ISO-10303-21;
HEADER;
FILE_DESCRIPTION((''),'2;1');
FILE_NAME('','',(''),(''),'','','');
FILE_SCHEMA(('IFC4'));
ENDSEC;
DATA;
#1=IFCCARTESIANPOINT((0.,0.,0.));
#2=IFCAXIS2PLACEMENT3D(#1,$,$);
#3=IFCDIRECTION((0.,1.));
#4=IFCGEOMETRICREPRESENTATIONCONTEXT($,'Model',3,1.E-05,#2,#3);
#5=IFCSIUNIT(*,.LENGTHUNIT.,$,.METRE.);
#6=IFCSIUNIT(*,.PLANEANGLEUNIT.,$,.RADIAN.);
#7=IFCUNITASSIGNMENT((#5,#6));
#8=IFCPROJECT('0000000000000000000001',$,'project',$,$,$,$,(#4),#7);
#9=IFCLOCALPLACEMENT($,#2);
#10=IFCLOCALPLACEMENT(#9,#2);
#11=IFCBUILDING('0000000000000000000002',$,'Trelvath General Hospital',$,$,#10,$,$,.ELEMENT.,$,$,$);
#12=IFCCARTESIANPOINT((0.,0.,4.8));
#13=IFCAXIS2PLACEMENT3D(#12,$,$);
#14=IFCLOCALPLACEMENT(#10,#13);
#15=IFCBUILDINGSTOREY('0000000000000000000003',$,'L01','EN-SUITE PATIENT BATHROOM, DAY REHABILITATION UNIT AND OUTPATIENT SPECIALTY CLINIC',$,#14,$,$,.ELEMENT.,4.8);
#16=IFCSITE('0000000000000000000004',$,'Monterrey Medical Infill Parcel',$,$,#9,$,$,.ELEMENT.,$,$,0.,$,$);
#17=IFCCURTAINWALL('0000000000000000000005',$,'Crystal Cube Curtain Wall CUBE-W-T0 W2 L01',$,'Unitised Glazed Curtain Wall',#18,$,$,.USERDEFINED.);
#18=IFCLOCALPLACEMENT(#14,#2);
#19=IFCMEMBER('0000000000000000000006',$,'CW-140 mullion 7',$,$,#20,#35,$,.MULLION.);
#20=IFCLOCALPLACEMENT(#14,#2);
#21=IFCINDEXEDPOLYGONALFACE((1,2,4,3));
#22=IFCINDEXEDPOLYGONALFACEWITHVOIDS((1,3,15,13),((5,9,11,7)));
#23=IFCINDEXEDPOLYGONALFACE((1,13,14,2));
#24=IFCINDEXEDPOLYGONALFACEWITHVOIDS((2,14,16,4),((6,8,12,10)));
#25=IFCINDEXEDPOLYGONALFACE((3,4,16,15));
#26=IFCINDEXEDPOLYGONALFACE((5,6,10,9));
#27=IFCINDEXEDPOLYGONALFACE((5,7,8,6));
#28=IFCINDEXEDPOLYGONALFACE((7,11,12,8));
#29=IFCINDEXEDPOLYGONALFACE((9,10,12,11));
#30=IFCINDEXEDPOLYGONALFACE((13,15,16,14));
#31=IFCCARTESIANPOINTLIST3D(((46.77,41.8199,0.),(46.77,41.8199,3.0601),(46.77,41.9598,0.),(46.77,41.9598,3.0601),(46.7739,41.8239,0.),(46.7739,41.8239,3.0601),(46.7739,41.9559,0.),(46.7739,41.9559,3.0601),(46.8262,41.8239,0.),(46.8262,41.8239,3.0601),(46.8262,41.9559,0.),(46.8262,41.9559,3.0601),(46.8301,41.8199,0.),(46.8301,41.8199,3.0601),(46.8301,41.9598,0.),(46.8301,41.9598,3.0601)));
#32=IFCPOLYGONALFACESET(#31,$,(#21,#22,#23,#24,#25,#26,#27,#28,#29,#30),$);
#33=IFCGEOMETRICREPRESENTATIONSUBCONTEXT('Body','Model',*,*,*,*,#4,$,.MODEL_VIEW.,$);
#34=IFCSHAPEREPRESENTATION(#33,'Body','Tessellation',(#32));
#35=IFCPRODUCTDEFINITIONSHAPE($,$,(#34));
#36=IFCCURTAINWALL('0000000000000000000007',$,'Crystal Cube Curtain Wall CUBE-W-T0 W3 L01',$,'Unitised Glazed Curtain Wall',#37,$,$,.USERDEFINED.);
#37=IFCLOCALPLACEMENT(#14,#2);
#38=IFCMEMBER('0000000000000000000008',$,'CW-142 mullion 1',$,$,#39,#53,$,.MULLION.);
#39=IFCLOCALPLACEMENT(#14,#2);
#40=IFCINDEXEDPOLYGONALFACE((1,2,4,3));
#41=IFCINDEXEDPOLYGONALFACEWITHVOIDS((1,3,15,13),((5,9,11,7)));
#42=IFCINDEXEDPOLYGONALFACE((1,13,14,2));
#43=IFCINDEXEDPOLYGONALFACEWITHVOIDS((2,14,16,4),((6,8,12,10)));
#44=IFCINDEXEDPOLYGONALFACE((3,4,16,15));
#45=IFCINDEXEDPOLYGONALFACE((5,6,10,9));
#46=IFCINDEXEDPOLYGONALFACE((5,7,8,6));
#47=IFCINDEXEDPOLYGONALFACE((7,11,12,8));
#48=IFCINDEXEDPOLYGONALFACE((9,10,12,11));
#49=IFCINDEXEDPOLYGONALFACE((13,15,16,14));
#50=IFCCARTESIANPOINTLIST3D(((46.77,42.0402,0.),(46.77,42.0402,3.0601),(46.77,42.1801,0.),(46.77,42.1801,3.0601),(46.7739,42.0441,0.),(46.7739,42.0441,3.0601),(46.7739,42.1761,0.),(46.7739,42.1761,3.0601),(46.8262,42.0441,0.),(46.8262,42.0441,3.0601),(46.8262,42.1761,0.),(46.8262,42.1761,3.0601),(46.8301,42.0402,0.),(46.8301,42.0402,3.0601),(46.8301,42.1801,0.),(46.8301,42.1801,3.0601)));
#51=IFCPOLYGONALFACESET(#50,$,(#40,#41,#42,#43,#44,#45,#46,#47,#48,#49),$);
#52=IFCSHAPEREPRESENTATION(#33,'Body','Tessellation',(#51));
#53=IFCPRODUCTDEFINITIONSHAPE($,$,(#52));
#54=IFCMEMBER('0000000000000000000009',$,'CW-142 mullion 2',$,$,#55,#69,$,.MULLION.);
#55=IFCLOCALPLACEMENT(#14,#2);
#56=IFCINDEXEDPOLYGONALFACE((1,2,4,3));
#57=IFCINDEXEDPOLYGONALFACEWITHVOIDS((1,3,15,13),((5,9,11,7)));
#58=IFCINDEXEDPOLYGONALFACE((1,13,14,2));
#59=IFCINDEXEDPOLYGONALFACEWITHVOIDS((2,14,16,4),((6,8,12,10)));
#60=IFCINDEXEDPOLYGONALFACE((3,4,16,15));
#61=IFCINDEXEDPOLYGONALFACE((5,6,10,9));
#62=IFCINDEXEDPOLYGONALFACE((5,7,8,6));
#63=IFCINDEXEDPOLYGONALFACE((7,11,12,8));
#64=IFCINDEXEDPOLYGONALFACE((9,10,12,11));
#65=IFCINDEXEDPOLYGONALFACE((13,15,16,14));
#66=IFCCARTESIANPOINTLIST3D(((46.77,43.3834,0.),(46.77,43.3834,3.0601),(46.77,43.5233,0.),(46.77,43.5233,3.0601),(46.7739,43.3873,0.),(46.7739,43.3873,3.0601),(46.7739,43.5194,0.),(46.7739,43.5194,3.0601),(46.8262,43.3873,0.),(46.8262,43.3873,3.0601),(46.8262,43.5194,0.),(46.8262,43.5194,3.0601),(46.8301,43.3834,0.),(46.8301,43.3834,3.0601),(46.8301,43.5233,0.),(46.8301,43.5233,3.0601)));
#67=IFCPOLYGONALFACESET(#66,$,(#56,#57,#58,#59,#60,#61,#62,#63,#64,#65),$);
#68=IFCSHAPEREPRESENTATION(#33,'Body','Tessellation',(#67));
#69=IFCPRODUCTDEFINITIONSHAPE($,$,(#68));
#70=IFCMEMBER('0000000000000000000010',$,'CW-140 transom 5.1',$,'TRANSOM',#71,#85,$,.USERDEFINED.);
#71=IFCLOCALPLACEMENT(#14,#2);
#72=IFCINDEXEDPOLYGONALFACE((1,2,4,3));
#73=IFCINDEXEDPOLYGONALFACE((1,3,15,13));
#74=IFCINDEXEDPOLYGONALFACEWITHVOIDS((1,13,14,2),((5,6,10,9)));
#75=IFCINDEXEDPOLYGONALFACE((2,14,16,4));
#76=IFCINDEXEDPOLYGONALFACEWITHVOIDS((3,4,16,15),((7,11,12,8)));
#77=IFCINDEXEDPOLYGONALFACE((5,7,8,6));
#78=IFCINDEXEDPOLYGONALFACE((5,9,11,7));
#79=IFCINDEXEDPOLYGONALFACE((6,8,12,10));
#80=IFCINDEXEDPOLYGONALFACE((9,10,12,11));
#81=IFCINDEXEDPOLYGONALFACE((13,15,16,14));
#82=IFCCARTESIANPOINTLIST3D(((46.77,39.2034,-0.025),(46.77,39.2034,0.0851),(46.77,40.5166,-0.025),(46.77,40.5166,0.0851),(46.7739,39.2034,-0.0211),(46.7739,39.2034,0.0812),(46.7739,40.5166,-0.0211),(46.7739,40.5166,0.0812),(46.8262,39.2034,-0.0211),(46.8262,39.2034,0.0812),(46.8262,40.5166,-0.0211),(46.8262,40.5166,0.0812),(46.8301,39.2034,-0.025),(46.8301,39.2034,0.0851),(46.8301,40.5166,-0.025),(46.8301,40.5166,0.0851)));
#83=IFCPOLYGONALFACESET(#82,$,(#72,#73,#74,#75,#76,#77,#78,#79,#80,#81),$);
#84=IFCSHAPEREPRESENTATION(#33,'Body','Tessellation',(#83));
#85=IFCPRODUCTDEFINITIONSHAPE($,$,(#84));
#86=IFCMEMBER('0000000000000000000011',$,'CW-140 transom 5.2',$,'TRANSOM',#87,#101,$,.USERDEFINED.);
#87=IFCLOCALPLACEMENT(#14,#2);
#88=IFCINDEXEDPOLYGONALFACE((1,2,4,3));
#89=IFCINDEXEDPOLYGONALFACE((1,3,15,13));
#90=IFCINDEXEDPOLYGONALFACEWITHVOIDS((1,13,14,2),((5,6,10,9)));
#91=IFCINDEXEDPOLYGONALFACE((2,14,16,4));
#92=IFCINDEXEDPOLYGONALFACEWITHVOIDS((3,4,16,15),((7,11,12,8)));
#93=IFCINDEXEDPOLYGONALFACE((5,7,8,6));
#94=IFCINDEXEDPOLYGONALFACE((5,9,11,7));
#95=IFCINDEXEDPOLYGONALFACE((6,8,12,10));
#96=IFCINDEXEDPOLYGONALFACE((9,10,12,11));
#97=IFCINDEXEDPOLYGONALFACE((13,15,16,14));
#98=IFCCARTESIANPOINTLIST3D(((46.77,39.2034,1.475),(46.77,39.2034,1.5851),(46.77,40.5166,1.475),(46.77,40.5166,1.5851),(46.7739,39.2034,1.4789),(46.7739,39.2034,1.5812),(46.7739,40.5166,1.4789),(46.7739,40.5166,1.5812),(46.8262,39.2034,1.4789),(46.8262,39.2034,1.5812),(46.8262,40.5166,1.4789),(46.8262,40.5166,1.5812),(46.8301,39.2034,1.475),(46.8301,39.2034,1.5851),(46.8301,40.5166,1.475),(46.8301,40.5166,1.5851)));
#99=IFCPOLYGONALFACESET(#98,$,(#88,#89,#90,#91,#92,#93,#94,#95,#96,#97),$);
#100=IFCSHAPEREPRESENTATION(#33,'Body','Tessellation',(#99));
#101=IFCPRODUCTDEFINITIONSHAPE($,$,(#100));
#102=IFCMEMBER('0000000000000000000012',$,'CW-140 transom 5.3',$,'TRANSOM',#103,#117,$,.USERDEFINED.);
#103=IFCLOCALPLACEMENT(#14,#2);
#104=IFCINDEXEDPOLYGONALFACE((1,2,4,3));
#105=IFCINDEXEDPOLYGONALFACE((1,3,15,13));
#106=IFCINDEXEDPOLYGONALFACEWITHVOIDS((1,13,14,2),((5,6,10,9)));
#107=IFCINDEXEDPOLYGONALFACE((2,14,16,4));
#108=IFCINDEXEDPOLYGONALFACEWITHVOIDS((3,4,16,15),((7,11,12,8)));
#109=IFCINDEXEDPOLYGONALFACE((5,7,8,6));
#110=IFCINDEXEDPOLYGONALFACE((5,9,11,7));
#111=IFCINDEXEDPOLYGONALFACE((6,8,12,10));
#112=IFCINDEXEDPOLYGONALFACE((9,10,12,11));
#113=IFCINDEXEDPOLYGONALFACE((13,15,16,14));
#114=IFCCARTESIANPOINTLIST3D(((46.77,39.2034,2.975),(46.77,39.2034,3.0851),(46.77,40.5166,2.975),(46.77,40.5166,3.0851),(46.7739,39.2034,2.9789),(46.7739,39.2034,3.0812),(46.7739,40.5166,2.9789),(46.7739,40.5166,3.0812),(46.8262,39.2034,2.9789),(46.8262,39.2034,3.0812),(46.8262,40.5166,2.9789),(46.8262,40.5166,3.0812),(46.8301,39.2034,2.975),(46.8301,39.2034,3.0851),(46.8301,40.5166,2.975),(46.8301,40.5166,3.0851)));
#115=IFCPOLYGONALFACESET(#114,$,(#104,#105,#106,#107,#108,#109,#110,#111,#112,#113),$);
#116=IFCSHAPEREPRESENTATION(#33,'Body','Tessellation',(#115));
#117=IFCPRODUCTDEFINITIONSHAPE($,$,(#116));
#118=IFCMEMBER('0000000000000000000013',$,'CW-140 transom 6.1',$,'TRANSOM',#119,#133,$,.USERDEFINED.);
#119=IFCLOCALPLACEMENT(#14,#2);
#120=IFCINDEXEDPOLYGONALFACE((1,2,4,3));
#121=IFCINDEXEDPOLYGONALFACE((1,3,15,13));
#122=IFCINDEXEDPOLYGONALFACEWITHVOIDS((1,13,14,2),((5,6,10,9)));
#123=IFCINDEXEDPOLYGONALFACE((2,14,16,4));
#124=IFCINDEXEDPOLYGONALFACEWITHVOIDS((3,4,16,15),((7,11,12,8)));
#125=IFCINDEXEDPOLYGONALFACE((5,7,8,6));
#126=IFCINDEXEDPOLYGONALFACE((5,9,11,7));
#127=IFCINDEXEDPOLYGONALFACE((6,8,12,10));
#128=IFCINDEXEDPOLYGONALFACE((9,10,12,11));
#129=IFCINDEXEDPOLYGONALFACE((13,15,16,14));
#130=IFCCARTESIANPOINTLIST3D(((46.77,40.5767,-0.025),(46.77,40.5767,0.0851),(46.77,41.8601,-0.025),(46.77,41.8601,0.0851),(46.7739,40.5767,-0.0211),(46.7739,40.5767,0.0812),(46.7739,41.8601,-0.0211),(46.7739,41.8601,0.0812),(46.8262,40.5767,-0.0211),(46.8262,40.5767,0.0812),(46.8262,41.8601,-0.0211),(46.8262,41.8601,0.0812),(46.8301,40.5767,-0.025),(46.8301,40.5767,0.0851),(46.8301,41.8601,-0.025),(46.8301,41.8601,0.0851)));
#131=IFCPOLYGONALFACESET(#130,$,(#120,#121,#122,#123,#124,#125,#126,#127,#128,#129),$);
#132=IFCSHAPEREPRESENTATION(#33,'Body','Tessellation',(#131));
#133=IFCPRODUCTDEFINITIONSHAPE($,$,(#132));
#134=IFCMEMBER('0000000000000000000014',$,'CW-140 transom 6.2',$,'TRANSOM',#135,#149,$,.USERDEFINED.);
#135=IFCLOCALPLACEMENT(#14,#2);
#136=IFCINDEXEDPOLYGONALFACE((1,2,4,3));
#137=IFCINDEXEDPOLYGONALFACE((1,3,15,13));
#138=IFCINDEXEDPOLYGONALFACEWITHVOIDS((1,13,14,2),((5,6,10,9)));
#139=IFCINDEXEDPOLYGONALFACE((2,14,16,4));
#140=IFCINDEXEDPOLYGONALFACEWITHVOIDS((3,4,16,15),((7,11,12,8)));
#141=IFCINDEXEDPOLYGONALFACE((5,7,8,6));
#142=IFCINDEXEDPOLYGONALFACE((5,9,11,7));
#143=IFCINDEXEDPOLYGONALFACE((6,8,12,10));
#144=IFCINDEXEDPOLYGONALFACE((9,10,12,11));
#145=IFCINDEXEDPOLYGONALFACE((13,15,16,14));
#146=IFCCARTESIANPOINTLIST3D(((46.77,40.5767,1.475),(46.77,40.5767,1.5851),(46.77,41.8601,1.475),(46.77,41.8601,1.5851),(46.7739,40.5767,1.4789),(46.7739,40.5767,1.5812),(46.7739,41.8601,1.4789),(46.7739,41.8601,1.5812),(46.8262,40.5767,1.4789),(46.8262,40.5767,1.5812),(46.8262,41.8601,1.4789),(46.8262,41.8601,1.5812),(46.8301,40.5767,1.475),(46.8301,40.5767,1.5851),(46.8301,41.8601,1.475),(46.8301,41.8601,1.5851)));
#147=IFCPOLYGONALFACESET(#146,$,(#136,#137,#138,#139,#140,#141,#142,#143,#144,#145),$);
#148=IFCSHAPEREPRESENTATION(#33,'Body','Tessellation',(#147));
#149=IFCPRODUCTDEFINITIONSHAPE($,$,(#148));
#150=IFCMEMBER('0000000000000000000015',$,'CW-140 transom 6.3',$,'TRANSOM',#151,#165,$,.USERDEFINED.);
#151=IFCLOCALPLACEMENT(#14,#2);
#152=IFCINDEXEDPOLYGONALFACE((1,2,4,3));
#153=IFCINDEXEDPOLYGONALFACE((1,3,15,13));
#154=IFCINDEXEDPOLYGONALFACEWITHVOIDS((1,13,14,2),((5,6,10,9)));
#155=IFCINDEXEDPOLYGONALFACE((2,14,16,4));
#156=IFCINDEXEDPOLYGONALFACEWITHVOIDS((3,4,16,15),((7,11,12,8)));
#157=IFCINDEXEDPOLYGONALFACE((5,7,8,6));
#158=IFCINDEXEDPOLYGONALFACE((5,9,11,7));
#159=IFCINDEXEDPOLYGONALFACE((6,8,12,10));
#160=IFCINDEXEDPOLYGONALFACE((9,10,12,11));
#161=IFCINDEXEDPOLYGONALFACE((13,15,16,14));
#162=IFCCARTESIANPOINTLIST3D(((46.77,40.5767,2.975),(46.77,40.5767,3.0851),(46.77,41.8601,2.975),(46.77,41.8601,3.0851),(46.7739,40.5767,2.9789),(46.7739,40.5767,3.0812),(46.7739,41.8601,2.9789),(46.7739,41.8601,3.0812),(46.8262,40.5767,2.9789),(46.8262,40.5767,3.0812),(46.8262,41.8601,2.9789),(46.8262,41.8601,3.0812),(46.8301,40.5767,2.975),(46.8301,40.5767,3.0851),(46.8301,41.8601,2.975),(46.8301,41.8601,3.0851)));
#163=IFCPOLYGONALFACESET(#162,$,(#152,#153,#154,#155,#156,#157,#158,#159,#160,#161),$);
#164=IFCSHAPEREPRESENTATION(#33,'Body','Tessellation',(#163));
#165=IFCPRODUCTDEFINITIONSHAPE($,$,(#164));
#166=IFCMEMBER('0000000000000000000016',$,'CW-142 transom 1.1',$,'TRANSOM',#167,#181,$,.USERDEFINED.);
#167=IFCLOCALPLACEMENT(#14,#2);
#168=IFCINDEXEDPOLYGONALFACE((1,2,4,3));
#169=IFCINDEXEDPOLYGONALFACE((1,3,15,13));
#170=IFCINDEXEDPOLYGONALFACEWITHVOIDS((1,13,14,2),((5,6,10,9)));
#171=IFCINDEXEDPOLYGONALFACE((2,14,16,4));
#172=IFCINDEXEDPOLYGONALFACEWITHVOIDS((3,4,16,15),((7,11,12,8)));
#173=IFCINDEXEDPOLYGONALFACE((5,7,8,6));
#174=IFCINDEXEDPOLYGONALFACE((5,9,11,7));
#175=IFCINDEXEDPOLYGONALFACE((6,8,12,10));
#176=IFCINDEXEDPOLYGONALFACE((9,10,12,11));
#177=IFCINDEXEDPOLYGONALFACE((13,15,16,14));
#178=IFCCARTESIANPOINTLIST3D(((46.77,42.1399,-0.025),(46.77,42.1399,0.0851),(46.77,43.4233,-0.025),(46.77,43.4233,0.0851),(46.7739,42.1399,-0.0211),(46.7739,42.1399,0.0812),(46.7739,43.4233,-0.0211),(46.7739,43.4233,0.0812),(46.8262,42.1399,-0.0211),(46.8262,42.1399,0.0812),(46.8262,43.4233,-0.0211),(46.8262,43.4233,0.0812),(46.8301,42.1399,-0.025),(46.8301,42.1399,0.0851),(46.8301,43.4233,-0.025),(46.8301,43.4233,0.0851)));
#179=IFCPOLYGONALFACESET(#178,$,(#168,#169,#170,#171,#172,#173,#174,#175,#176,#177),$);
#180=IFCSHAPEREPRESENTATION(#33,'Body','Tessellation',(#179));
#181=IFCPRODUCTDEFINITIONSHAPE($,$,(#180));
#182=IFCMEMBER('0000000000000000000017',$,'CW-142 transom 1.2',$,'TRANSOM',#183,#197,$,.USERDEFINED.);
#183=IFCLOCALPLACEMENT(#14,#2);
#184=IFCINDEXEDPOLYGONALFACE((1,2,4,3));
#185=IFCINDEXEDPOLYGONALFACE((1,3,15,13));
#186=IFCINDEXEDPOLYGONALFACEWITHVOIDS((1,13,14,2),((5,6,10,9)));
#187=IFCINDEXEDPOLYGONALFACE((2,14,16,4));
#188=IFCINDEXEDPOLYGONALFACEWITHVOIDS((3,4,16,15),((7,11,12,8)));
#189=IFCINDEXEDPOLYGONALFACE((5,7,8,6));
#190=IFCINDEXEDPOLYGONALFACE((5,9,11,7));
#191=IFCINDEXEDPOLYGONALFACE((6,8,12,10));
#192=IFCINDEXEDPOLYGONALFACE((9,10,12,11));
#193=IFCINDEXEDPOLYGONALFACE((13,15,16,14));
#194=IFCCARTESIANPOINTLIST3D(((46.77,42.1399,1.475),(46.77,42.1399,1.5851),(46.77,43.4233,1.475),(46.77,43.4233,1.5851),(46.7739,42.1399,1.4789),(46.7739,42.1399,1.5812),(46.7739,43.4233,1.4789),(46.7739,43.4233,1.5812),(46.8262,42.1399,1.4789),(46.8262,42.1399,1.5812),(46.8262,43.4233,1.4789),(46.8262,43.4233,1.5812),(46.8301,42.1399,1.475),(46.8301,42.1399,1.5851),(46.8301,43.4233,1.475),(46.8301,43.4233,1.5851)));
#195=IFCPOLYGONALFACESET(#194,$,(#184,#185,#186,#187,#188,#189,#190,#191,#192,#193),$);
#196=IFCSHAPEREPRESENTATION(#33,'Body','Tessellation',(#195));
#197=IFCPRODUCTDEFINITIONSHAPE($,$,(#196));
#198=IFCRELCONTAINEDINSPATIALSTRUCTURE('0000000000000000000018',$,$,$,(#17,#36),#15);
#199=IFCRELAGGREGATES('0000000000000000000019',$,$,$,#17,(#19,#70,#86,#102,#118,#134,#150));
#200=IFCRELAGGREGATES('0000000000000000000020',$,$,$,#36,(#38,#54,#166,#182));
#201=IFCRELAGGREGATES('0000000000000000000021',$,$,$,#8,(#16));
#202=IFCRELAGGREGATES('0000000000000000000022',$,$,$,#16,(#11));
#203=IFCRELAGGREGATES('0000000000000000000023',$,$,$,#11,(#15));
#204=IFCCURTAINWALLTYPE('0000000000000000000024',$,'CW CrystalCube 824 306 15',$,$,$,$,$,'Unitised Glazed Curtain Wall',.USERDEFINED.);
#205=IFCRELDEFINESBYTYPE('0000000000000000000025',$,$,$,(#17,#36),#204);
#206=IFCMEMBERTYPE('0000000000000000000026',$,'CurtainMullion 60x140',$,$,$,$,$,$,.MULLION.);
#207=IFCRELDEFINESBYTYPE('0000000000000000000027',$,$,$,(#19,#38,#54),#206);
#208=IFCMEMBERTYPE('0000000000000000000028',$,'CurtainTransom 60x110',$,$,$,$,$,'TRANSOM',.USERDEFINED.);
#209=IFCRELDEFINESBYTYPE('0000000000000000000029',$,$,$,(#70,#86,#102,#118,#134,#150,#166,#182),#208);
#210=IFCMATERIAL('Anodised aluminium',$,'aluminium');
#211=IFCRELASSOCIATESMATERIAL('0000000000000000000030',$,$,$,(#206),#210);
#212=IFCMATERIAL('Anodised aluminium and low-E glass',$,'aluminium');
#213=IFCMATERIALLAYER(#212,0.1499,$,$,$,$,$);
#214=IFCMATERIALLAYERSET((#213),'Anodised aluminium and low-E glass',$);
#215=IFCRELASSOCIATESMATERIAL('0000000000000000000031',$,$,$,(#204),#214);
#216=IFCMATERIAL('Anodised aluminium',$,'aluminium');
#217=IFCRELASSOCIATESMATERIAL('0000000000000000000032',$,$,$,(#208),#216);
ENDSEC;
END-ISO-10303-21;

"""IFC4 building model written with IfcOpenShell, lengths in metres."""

from ifc_helpers import new_model, si_unit, direction, frame, origin, origin_2d, place, context, subcontext, project, spatial, hollow_rectangle, extrude, material, layer, layer_set, material_profile, profile_set, type_object, element, aggregate, save


model = new_model("IFC4")

# Units and contexts
model_context = context("Model", 3, precision=1e-05, world=origin(), true_north=direction((0.0, 1.0)))
body_context = subcontext(model_context, "Body", "Model", "MODEL_VIEW")
ifc_project = project(units=[si_unit("LENGTHUNIT", "METRE"), si_unit("PLANEANGLEUNIT", "RADIAN")], contexts=[model_context])

# Site, building, storey
site_placement = place(None, origin())
site = spatial("IfcSite", under=ifc_project, at=site_placement, Name="Monterrey Medical Infill Parcel", CompositionType="ELEMENT", RefElevation=0.0)
building_placement = place(site_placement, origin())
building = spatial("IfcBuilding", under=site, at=building_placement, Name="Trelvath General Hospital", CompositionType="ELEMENT")
storey_placement = place(building_placement, frame((0.0, 0.0, 4.8)))
storey = spatial("IfcBuildingStorey", under=building, at=storey_placement, Name="L01", Description="EN-SUITE PATIENT BATHROOM, DAY REHABILITATION UNIT AND OUTPATIENT SPECIALTY CLINIC", CompositionType="ELEMENT", Elevation=4.8)

# Shared definitions
ifc_material_1 = material(Name="Anodised aluminium", Category="aluminium")
ifc_material_profile_1 = material_profile(ifc_material_1, hollow_rectangle(XDim=0.0601, YDim=0.1399, WallThickness=0.0039, at=origin_2d()), Name="RHS60x140x4")
ifc_profile_set_1 = profile_set([ifc_material_profile_1], Name="Anodised aluminium")
member_type_1 = type_object("IfcMemberType", Name="CurtainMullion 60x140", PredefinedType="MULLION", material=ifc_profile_set_1)

# Curtain walls, members
ifc_material_2 = material(Name="Anodised aluminium and low-E glass", Category="aluminium")
ifc_layer_1 = layer(ifc_material_2, 0.1499)
ifc_layer_set_1 = layer_set([ifc_layer_1], Name="Anodised aluminium and low-E glass")
curtain_wall_type_1 = type_object("IfcCurtainWallType", Name="CW CrystalCube 824 306 15", ElementType="Unitised Glazed Curtain Wall", PredefinedType="USERDEFINED", material=ifc_layer_set_1)
curtain_wall_1_placement = place(storey_placement, origin())
curtain_wall_1 = element("IfcCurtainWall", 1, at=curtain_wall_1_placement, inside=storey, type_object=curtain_wall_type_1, Name="Crystal Cube Curtain Wall CUBE-W-T0 W2 L01", ObjectType="Unitised Glazed Curtain Wall", PredefinedType="USERDEFINED")
member_1_placement = place(storey_placement, frame((46.8, 41.8899, 0.0), z_axis=(0.0, 0.0, 1.0), x_axis=(-1.0, 0.0, 0.0)))
member_1 = element("IfcMember", 2, at=member_1_placement, type_object=member_type_1, Name="CW-140 mullion 7", PredefinedType="MULLION", context=body_context, shape_type="SweptSolid", body=[
    extrude(hollow_rectangle(XDim=0.0601, YDim=0.1399, WallThickness=0.0039, at=origin_2d()), origin(), (0.0, 0.0, 1.0), 3.0601),
])
curtain_wall_2_placement = place(storey_placement, origin())
curtain_wall_2 = element("IfcCurtainWall", 3, at=curtain_wall_2_placement, inside=storey, type_object=curtain_wall_type_1, Name="Crystal Cube Curtain Wall CUBE-W-T0 W3 L01", ObjectType="Unitised Glazed Curtain Wall", PredefinedType="USERDEFINED")
member_2_placement = place(storey_placement, frame((46.8, 42.1101, 0.0), z_axis=(0.0, 0.0, 1.0), x_axis=(-1.0, 0.0, 0.0)))
member_2 = element("IfcMember", 4, at=member_2_placement, type_object=member_type_1, Name="CW-142 mullion 1", PredefinedType="MULLION", context=body_context, shape_type="SweptSolid", body=[
    extrude(hollow_rectangle(XDim=0.0601, YDim=0.1399, WallThickness=0.0039, at=origin_2d()), origin(), (0.0, 0.0, 1.0), 3.0601),
])
member_3_placement = place(storey_placement, frame((46.8, 43.4534, 0.0), z_axis=(0.0, 0.0, 1.0), x_axis=(-1.0, 0.0, 0.0)))
member_3 = element("IfcMember", 5, at=member_3_placement, type_object=member_type_1, Name="CW-142 mullion 2", PredefinedType="MULLION", context=body_context, shape_type="SweptSolid", body=[
    extrude(hollow_rectangle(XDim=0.0601, YDim=0.1399, WallThickness=0.0039, at=origin_2d()), origin(), (0.0, 0.0, 1.0), 3.0601),
])

# Members
ifc_material_3 = material(Name="Anodised aluminium", Category="aluminium")
ifc_material_profile_2 = material_profile(ifc_material_3, hollow_rectangle(XDim=0.0601, YDim=0.1101, WallThickness=0.0039, at=origin_2d()), Name="RHS60x110x4")
ifc_profile_set_2 = profile_set([ifc_material_profile_2], Name="Anodised aluminium")
member_type_2 = type_object("IfcMemberType", Name="CurtainTransom 60x110", ElementType="TRANSOM", PredefinedType="USERDEFINED", material=ifc_profile_set_2)
member_4_placement = place(storey_placement, frame((46.8, 39.2034, 0.03), z_axis=(0.0, 1.0, 0.0), x_axis=(-1.0, 0.0, 0.0)))
member_4 = element("IfcMember", 6, at=member_4_placement, type_object=member_type_2, Name="CW-140 transom 5.1", ObjectType="TRANSOM", PredefinedType="USERDEFINED", context=body_context, shape_type="SweptSolid", body=[
    extrude(hollow_rectangle(XDim=0.0601, YDim=0.1101, WallThickness=0.0039, at=origin_2d()), origin(), (0.0, 0.0, 1.0), 1.3132),
])
member_5_placement = place(storey_placement, frame((46.8, 39.2034, 1.53), z_axis=(0.0, 1.0, 0.0), x_axis=(-1.0, 0.0, 0.0)))
member_5 = element("IfcMember", 7, at=member_5_placement, type_object=member_type_2, Name="CW-140 transom 5.2", ObjectType="TRANSOM", PredefinedType="USERDEFINED", context=body_context, shape_type="SweptSolid", body=[
    extrude(hollow_rectangle(XDim=0.0601, YDim=0.1101, WallThickness=0.0039, at=origin_2d()), origin(), (0.0, 0.0, 1.0), 1.3132),
])
member_6_placement = place(storey_placement, frame((46.8, 39.2034, 3.03), z_axis=(0.0, 1.0, 0.0), x_axis=(-1.0, 0.0, 0.0)))
member_6 = element("IfcMember", 8, at=member_6_placement, type_object=member_type_2, Name="CW-140 transom 5.3", ObjectType="TRANSOM", PredefinedType="USERDEFINED", context=body_context, shape_type="SweptSolid", body=[
    extrude(hollow_rectangle(XDim=0.0601, YDim=0.1101, WallThickness=0.0039, at=origin_2d()), origin(), (0.0, 0.0, 1.0), 1.3132),
])
member_7_placement = place(storey_placement, frame((46.8, 40.5767, 0.03), z_axis=(0.0, 1.0, 0.0), x_axis=(-1.0, 0.0, 0.0)))
member_7 = element("IfcMember", 9, at=member_7_placement, type_object=member_type_2, Name="CW-140 transom 6.1", ObjectType="TRANSOM", PredefinedType="USERDEFINED", context=body_context, shape_type="SweptSolid", body=[
    extrude(hollow_rectangle(XDim=0.0601, YDim=0.1101, WallThickness=0.0039, at=origin_2d()), origin(), (0.0, 0.0, 1.0), 1.2834),
])
member_8_placement = place(storey_placement, frame((46.8, 40.5767, 1.53), z_axis=(0.0, 1.0, 0.0), x_axis=(-1.0, 0.0, 0.0)))
member_8 = element("IfcMember", 10, at=member_8_placement, type_object=member_type_2, Name="CW-140 transom 6.2", ObjectType="TRANSOM", PredefinedType="USERDEFINED", context=body_context, shape_type="SweptSolid", body=[
    extrude(hollow_rectangle(XDim=0.0601, YDim=0.1101, WallThickness=0.0039, at=origin_2d()), origin(), (0.0, 0.0, 1.0), 1.2834),
])
member_9_placement = place(storey_placement, frame((46.8, 40.5767, 3.03), z_axis=(0.0, 1.0, 0.0), x_axis=(-1.0, 0.0, 0.0)))
member_9 = element("IfcMember", 11, at=member_9_placement, type_object=member_type_2, Name="CW-140 transom 6.3", ObjectType="TRANSOM", PredefinedType="USERDEFINED", context=body_context, shape_type="SweptSolid", body=[
    extrude(hollow_rectangle(XDim=0.0601, YDim=0.1101, WallThickness=0.0039, at=origin_2d()), origin(), (0.0, 0.0, 1.0), 1.2834),
])
member_10_placement = place(storey_placement, frame((46.8, 42.1399, 0.03), z_axis=(0.0, 1.0, 0.0), x_axis=(-1.0, 0.0, 0.0)))
member_10 = element("IfcMember", 12, at=member_10_placement, type_object=member_type_2, Name="CW-142 transom 1.1", ObjectType="TRANSOM", PredefinedType="USERDEFINED", context=body_context, shape_type="SweptSolid", body=[
    extrude(hollow_rectangle(XDim=0.0601, YDim=0.1101, WallThickness=0.0039, at=origin_2d()), origin(), (0.0, 0.0, 1.0), 1.2834),
])
member_11_placement = place(storey_placement, frame((46.8, 42.1399, 1.53), z_axis=(0.0, 1.0, 0.0), x_axis=(-1.0, 0.0, 0.0)))
member_11 = element("IfcMember", 13, at=member_11_placement, type_object=member_type_2, Name="CW-142 transom 1.2", ObjectType="TRANSOM", PredefinedType="USERDEFINED", context=body_context, shape_type="SweptSolid", body=[
    extrude(hollow_rectangle(XDim=0.0601, YDim=0.1101, WallThickness=0.0039, at=origin_2d()), origin(), (0.0, 0.0, 1.0), 1.2834),
])

aggregate(curtain_wall_1, [member_1, member_4, member_5, member_6, member_7, member_8, member_9])
aggregate(curtain_wall_2, [member_2, member_3, member_10, member_11])

save(model, "model.ifc")
